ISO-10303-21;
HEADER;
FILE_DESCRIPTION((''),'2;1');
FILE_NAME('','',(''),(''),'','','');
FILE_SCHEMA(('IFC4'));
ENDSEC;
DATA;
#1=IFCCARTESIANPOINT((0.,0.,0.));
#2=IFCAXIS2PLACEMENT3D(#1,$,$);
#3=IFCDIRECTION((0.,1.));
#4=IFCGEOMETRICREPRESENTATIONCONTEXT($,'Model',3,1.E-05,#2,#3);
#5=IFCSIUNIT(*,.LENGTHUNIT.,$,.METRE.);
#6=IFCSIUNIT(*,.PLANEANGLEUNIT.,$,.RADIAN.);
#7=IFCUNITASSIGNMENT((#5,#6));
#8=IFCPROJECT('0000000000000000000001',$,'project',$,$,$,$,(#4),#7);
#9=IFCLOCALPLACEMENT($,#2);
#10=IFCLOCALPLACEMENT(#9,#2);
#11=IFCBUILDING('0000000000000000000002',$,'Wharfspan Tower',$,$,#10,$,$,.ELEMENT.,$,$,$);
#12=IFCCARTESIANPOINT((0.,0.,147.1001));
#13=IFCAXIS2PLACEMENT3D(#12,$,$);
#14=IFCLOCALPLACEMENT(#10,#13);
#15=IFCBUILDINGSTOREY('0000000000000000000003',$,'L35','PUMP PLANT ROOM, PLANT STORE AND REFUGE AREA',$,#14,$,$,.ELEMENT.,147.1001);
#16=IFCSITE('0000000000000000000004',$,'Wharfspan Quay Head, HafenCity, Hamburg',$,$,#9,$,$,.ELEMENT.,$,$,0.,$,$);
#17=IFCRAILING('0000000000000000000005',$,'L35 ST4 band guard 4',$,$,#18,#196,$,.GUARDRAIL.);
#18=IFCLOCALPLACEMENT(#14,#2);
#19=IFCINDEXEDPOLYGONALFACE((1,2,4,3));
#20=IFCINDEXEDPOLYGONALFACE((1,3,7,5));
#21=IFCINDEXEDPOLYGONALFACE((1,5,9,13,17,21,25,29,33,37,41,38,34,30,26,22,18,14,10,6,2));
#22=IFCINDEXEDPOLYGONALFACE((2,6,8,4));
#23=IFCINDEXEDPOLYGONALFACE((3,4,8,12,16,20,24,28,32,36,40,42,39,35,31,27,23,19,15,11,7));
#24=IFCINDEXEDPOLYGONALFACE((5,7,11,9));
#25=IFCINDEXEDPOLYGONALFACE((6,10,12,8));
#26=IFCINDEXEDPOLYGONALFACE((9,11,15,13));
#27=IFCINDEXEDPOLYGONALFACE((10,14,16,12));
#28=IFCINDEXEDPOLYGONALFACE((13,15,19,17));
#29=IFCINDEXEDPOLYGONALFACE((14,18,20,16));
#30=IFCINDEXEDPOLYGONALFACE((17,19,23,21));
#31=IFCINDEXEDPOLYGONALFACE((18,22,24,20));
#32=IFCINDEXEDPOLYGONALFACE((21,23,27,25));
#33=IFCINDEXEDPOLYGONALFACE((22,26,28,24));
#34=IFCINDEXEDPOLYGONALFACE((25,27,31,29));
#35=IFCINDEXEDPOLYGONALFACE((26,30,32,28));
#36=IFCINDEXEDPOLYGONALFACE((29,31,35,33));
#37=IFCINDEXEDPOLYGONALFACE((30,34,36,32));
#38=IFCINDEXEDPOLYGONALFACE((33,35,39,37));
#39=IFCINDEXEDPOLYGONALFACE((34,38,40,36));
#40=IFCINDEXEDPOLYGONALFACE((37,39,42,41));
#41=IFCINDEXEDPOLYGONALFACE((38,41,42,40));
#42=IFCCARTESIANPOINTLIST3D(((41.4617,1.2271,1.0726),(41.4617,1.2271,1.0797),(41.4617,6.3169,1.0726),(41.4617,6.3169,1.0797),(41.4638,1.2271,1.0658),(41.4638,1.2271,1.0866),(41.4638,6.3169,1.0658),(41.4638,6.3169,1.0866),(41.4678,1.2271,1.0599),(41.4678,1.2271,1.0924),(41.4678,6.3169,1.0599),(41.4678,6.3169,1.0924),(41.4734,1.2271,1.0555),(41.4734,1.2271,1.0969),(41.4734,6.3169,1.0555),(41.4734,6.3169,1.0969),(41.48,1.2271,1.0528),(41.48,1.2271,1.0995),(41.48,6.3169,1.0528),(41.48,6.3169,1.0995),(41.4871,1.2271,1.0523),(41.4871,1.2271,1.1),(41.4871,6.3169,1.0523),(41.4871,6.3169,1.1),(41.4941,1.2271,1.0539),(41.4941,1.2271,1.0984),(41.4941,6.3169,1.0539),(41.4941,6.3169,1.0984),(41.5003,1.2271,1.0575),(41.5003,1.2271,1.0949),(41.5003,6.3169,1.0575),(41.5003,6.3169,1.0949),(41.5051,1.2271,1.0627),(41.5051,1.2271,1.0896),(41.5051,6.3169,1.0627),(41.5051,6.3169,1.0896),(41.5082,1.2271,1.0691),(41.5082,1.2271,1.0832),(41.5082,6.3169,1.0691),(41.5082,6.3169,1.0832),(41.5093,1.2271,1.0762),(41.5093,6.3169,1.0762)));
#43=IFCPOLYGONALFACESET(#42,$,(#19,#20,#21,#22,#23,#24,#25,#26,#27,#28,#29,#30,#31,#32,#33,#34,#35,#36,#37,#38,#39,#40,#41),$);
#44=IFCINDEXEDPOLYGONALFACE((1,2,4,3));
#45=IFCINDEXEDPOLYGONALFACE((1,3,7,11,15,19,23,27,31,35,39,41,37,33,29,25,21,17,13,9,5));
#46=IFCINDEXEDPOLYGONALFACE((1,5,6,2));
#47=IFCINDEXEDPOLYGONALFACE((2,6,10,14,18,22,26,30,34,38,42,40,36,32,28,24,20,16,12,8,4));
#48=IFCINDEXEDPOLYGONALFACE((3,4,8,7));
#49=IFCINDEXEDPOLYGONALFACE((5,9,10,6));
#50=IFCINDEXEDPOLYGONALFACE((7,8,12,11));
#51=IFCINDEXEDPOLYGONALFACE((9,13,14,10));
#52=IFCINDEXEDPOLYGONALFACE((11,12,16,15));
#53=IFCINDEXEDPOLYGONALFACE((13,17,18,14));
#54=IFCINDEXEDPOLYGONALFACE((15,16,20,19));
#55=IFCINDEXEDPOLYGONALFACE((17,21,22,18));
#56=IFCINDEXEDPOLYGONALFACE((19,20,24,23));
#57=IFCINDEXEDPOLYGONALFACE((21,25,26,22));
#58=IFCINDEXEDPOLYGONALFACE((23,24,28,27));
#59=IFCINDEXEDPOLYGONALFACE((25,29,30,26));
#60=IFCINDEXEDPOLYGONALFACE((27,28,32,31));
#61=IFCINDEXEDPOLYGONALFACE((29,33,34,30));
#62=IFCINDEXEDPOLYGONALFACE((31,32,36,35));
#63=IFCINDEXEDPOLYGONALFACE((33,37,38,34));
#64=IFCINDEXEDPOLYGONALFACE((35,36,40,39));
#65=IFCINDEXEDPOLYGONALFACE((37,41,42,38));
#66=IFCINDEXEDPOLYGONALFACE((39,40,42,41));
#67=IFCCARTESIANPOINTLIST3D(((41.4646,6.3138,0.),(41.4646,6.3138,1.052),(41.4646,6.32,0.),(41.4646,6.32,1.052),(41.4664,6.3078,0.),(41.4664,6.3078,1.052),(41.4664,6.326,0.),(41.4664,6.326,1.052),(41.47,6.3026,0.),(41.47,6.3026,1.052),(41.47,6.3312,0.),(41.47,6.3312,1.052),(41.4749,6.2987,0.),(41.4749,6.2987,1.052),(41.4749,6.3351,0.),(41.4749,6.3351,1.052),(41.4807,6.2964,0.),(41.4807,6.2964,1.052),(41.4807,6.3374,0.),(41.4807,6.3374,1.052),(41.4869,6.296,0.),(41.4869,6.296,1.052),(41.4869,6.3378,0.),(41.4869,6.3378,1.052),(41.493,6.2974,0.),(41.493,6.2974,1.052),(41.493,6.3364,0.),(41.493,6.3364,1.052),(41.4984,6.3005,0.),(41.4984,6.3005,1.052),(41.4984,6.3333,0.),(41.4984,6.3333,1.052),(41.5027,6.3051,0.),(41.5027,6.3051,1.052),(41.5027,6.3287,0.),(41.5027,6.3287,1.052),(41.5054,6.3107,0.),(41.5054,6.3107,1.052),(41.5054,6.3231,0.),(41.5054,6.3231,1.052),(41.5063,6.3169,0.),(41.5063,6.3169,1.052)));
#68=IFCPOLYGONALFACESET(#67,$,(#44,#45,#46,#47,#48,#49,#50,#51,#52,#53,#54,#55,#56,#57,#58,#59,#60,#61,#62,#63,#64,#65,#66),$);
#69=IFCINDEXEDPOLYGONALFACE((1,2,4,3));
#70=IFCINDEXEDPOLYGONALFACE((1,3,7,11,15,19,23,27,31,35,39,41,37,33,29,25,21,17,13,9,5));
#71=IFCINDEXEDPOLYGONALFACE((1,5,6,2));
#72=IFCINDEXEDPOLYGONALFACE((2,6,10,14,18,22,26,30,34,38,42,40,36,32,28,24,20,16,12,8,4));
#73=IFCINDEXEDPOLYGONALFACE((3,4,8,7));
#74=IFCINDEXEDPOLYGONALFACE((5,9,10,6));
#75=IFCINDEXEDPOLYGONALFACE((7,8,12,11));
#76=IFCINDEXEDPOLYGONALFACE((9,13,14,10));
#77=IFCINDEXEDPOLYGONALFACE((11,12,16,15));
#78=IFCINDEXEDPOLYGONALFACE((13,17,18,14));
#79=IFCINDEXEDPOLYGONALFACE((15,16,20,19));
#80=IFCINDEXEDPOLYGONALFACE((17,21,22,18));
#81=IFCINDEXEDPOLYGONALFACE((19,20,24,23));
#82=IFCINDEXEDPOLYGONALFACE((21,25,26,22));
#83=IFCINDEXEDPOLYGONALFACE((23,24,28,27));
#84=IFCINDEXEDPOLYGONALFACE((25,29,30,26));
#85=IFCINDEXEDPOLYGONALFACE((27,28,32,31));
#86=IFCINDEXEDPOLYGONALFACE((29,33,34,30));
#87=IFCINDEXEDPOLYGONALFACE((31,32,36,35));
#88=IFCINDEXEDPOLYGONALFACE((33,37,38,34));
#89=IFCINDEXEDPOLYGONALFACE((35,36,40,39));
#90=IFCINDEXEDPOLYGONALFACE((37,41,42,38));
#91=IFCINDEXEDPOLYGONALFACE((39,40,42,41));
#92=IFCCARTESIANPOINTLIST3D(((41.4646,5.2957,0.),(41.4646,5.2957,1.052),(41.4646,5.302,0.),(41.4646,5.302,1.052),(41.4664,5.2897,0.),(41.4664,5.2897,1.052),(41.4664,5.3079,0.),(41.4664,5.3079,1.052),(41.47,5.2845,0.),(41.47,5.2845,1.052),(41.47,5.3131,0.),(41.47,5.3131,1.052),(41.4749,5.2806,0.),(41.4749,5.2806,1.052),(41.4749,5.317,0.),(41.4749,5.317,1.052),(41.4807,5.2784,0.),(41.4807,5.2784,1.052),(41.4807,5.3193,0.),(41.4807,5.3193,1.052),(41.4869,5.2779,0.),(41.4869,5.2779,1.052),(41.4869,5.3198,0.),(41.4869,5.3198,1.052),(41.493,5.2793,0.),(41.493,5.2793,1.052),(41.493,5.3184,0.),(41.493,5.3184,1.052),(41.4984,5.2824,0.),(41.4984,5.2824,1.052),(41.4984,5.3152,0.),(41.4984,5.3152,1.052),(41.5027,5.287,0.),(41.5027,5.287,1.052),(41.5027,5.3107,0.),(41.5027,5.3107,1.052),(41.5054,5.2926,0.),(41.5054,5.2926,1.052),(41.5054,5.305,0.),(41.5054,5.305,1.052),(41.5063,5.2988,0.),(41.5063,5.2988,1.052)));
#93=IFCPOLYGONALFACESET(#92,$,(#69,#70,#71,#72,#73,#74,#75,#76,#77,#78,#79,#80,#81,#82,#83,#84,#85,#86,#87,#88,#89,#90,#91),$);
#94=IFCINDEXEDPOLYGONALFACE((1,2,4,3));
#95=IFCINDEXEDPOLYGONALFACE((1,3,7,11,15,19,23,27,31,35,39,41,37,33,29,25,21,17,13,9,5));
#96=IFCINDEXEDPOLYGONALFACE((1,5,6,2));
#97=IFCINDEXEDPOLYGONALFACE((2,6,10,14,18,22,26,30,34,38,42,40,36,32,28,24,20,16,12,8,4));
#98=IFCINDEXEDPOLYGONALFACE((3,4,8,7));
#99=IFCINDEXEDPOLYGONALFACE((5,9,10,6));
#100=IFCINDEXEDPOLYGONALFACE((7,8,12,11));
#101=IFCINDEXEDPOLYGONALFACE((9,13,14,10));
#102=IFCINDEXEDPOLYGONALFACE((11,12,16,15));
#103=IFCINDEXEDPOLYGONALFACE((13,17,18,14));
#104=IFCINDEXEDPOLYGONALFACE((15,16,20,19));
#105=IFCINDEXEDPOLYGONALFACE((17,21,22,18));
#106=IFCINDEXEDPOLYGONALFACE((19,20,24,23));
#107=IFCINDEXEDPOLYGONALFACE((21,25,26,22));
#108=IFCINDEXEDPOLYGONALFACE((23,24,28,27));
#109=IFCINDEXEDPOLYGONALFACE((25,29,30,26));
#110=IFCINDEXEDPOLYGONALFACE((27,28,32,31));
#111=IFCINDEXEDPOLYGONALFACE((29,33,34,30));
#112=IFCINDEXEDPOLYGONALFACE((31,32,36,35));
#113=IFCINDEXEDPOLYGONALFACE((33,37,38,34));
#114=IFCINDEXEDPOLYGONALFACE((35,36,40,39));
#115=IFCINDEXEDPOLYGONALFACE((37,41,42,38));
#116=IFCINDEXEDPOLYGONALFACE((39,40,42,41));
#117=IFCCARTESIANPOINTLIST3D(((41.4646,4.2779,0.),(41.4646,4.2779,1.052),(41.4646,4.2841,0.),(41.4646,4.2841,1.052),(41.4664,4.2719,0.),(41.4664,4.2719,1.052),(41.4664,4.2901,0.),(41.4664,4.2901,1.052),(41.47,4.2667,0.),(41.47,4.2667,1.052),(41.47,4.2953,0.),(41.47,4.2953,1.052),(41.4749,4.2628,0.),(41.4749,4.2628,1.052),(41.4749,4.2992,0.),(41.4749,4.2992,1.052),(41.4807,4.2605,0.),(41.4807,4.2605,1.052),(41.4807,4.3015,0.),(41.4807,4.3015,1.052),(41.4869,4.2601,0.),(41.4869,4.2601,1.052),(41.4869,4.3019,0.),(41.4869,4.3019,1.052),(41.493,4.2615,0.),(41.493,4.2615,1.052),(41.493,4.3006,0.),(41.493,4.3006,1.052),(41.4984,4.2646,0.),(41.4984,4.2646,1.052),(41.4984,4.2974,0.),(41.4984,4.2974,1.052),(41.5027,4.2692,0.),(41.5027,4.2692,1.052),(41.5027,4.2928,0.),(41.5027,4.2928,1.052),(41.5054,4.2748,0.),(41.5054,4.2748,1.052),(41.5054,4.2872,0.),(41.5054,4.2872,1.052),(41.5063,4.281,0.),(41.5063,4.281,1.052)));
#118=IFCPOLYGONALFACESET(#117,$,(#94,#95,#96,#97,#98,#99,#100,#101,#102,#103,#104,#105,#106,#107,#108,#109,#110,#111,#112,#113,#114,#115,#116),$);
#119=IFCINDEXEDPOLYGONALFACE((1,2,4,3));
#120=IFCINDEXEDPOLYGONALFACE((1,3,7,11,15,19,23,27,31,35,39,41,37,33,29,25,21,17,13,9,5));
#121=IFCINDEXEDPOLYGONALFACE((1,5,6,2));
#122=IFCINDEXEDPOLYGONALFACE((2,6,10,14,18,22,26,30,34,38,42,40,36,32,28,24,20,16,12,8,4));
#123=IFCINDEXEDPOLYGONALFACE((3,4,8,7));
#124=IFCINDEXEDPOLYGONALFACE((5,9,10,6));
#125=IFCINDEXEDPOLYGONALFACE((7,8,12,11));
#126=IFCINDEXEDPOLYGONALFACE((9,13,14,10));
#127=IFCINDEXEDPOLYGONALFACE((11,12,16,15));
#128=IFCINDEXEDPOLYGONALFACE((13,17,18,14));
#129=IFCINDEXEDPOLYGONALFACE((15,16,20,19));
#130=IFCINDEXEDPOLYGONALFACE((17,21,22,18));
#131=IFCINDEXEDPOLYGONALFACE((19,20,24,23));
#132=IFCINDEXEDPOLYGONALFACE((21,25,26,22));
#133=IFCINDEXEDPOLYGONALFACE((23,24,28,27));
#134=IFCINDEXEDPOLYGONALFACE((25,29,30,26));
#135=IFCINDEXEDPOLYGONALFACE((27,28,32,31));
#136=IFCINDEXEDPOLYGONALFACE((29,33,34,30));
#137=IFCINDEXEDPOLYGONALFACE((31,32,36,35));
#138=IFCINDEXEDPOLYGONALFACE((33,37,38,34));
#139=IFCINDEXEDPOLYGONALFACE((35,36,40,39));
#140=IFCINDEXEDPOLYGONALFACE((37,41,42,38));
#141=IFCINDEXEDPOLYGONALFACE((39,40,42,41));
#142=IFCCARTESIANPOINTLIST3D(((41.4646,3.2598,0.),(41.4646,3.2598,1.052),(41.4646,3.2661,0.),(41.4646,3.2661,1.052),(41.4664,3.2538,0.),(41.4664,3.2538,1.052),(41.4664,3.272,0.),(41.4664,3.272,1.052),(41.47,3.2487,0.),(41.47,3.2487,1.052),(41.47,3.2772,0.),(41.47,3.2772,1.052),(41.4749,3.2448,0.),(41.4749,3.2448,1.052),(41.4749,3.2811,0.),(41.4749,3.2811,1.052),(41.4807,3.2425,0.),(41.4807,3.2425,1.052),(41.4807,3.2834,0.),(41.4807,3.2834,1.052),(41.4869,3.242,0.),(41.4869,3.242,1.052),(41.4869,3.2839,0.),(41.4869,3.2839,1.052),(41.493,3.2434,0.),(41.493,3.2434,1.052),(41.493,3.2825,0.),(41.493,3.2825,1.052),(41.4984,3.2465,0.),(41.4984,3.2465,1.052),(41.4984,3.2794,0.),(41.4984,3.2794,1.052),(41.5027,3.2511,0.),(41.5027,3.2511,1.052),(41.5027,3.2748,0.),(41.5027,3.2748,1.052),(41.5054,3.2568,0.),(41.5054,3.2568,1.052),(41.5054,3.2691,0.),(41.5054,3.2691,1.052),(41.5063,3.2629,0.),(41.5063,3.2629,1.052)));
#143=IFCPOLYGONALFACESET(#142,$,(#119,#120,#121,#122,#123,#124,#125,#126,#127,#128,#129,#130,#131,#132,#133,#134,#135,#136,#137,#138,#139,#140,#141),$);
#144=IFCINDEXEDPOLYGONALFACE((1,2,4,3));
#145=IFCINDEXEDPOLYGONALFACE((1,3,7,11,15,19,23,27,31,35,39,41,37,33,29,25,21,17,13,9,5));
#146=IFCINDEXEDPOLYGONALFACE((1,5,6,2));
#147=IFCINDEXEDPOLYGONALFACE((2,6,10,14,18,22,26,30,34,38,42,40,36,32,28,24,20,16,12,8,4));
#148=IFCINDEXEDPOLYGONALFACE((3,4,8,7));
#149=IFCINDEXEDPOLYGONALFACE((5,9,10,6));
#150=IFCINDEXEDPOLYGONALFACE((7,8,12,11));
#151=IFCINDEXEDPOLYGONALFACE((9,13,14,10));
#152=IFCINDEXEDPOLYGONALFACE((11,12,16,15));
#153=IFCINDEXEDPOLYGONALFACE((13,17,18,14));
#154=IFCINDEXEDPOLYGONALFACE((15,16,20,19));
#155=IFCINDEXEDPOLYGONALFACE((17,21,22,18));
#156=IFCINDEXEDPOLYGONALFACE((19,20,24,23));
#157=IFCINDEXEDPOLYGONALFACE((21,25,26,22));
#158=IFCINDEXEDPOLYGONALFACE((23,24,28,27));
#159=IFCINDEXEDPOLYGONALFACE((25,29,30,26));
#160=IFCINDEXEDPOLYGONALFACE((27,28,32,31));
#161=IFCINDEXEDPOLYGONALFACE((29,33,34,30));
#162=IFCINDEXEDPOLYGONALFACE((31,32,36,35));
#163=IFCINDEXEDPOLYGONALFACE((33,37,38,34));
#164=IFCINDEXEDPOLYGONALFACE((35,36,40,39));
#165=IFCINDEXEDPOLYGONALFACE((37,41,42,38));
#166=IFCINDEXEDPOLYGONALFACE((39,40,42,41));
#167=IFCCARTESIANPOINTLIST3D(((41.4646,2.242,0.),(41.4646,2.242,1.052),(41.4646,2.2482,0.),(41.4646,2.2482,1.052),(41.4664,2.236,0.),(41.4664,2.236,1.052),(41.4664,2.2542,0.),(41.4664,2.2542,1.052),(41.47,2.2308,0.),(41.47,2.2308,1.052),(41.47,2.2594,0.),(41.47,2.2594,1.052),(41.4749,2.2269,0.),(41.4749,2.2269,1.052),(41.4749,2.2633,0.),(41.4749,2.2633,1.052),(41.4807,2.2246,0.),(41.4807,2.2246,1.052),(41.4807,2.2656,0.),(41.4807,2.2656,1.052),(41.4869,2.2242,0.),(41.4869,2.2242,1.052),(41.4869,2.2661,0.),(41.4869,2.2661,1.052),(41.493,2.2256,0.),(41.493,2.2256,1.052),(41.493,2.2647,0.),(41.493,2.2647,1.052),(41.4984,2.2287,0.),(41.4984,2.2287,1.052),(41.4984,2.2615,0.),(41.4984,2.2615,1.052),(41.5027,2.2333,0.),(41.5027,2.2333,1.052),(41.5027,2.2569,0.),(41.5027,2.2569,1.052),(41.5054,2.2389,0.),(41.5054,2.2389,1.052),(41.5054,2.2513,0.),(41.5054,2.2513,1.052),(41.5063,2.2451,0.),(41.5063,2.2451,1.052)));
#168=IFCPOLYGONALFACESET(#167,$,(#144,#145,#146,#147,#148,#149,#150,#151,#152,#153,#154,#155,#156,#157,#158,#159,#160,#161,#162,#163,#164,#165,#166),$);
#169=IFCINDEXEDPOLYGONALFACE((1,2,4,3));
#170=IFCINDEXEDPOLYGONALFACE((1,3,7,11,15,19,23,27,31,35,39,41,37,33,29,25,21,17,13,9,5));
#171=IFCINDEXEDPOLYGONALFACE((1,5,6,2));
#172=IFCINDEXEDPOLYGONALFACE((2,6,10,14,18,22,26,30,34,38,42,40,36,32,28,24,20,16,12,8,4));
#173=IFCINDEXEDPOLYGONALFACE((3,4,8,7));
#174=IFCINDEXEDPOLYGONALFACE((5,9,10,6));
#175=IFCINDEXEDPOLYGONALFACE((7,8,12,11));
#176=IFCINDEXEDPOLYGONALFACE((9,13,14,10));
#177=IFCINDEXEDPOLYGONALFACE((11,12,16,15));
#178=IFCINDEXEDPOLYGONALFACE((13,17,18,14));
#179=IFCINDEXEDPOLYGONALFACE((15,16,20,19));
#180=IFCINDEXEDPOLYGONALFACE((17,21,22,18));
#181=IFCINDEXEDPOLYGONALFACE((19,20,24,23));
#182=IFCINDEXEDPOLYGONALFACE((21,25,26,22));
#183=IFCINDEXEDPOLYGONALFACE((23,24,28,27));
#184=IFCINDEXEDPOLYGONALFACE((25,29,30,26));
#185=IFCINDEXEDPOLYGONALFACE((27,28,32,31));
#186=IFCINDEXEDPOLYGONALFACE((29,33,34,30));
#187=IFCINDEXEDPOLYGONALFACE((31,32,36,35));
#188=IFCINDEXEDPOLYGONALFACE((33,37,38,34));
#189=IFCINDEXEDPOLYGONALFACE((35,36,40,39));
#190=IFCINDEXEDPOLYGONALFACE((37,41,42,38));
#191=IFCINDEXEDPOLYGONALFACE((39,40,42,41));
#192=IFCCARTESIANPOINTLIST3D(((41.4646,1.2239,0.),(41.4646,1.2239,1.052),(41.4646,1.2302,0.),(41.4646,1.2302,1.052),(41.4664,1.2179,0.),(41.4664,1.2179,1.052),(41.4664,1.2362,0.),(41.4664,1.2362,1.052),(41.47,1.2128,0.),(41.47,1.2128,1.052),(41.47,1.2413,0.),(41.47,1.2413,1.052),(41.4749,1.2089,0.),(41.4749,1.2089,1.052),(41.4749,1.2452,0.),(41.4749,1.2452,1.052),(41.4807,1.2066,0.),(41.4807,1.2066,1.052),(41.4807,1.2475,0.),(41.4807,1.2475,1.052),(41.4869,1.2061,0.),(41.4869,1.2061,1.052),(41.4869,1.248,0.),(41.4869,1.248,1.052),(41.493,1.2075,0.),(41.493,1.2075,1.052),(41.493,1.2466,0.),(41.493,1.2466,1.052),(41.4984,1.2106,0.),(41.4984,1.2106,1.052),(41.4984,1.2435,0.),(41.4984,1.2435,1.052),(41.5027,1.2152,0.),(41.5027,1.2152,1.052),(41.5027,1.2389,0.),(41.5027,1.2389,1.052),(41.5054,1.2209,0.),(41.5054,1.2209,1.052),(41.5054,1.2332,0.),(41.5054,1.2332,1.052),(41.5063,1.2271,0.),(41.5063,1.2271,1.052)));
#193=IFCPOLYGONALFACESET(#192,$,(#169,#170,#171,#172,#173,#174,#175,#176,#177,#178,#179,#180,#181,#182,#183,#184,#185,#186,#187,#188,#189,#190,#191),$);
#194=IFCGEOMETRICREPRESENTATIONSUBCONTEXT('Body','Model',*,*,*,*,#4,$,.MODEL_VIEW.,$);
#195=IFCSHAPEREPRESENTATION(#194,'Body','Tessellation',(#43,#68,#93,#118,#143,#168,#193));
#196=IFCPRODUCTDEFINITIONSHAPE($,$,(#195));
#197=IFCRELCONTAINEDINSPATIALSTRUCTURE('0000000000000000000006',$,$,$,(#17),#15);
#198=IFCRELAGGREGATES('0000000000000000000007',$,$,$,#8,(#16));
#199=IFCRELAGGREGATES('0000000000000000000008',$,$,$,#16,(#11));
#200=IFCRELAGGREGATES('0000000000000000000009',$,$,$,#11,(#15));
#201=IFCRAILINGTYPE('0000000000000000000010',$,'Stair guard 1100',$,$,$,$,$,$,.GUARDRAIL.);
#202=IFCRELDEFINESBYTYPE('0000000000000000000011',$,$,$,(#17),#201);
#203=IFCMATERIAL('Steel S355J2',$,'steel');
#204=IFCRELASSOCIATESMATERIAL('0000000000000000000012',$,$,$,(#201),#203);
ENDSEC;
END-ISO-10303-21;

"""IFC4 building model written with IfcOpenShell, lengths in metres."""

from ifc_helpers import new_model, si_unit, direction, frame, origin, origin_2d, place, context, subcontext, project, spatial, circle, extrude, material, type_object, element, save


model = new_model("IFC4")

# Units and contexts
model_context = context("Model", 3, precision=1e-05, world=origin(), true_north=direction((0.0, 1.0)))
body_context = subcontext(model_context, "Body", "Model", "MODEL_VIEW")
ifc_project = project(units=[si_unit("LENGTHUNIT", "METRE"), si_unit("PLANEANGLEUNIT", "RADIAN")], contexts=[model_context])

# Site, building, storey
site_placement = place(None, origin())
site = spatial("IfcSite", under=ifc_project, at=site_placement, Name="Wharfspan Quay Head, HafenCity, Hamburg", CompositionType="ELEMENT", RefElevation=0.0)
building_placement = place(site_placement, origin())
building = spatial("IfcBuilding", under=site, at=building_placement, Name="Wharfspan Tower", CompositionType="ELEMENT")
storey_placement = place(building_placement, frame((0.0, 0.0, 147.1001)))
storey = spatial("IfcBuildingStorey", under=building, at=storey_placement, Name="L35", Description="PUMP PLANT ROOM, PLANT STORE AND REFUGE AREA", CompositionType="ELEMENT", Elevation=147.1001)

# Shared definitions
ifc_material_1 = material(Name="Steel S355J2", Category="steel")

# Railing
railing_type = type_object("IfcRailingType", Name="Stair guard 1100", PredefinedType="GUARDRAIL", material=ifc_material_1)
railing_placement = place(storey_placement, frame((41.4854, 6.3169, 0.0)))
element("IfcRailing", 1, at=railing_placement, inside=storey, type_object=railing_type, Name="L35 ST4 band guard 4", PredefinedType="GUARDRAIL", context=body_context, shape_type="SweptSolid", body=[
    extrude(circle(Radius=0.0239, at=origin_2d()), frame((0.0, 0.0, 1.0762), z_axis=(0.0, -1.0, 0.0), x_axis=(1.0, 0.0, 0.0)), (0.0, 0.0, 1.0), 5.0898),
    extrude(circle(Radius=0.021, at=origin_2d()), origin(), (0.0, 0.0, 1.0), 1.052),
    extrude(circle(Radius=0.021, at=origin_2d()), frame((0.0, -1.0181, 0.0)), (0.0, 0.0, 1.0), 1.052),
    extrude(circle(Radius=0.021, at=origin_2d()), frame((0.0, -2.0359, 0.0)), (0.0, 0.0, 1.0), 1.052),
    extrude(circle(Radius=0.021, at=origin_2d()), frame((0.0, -3.054, 0.0)), (0.0, 0.0, 1.0), 1.052),
    extrude(circle(Radius=0.021, at=origin_2d()), frame((0.0, -4.0718, 0.0)), (0.0, 0.0, 1.0), 1.052),
    extrude(circle(Radius=0.021, at=origin_2d()), frame((0.0, -5.0898, 0.0)), (0.0, 0.0, 1.0), 1.052),
])

save(model, "model.ifc")
